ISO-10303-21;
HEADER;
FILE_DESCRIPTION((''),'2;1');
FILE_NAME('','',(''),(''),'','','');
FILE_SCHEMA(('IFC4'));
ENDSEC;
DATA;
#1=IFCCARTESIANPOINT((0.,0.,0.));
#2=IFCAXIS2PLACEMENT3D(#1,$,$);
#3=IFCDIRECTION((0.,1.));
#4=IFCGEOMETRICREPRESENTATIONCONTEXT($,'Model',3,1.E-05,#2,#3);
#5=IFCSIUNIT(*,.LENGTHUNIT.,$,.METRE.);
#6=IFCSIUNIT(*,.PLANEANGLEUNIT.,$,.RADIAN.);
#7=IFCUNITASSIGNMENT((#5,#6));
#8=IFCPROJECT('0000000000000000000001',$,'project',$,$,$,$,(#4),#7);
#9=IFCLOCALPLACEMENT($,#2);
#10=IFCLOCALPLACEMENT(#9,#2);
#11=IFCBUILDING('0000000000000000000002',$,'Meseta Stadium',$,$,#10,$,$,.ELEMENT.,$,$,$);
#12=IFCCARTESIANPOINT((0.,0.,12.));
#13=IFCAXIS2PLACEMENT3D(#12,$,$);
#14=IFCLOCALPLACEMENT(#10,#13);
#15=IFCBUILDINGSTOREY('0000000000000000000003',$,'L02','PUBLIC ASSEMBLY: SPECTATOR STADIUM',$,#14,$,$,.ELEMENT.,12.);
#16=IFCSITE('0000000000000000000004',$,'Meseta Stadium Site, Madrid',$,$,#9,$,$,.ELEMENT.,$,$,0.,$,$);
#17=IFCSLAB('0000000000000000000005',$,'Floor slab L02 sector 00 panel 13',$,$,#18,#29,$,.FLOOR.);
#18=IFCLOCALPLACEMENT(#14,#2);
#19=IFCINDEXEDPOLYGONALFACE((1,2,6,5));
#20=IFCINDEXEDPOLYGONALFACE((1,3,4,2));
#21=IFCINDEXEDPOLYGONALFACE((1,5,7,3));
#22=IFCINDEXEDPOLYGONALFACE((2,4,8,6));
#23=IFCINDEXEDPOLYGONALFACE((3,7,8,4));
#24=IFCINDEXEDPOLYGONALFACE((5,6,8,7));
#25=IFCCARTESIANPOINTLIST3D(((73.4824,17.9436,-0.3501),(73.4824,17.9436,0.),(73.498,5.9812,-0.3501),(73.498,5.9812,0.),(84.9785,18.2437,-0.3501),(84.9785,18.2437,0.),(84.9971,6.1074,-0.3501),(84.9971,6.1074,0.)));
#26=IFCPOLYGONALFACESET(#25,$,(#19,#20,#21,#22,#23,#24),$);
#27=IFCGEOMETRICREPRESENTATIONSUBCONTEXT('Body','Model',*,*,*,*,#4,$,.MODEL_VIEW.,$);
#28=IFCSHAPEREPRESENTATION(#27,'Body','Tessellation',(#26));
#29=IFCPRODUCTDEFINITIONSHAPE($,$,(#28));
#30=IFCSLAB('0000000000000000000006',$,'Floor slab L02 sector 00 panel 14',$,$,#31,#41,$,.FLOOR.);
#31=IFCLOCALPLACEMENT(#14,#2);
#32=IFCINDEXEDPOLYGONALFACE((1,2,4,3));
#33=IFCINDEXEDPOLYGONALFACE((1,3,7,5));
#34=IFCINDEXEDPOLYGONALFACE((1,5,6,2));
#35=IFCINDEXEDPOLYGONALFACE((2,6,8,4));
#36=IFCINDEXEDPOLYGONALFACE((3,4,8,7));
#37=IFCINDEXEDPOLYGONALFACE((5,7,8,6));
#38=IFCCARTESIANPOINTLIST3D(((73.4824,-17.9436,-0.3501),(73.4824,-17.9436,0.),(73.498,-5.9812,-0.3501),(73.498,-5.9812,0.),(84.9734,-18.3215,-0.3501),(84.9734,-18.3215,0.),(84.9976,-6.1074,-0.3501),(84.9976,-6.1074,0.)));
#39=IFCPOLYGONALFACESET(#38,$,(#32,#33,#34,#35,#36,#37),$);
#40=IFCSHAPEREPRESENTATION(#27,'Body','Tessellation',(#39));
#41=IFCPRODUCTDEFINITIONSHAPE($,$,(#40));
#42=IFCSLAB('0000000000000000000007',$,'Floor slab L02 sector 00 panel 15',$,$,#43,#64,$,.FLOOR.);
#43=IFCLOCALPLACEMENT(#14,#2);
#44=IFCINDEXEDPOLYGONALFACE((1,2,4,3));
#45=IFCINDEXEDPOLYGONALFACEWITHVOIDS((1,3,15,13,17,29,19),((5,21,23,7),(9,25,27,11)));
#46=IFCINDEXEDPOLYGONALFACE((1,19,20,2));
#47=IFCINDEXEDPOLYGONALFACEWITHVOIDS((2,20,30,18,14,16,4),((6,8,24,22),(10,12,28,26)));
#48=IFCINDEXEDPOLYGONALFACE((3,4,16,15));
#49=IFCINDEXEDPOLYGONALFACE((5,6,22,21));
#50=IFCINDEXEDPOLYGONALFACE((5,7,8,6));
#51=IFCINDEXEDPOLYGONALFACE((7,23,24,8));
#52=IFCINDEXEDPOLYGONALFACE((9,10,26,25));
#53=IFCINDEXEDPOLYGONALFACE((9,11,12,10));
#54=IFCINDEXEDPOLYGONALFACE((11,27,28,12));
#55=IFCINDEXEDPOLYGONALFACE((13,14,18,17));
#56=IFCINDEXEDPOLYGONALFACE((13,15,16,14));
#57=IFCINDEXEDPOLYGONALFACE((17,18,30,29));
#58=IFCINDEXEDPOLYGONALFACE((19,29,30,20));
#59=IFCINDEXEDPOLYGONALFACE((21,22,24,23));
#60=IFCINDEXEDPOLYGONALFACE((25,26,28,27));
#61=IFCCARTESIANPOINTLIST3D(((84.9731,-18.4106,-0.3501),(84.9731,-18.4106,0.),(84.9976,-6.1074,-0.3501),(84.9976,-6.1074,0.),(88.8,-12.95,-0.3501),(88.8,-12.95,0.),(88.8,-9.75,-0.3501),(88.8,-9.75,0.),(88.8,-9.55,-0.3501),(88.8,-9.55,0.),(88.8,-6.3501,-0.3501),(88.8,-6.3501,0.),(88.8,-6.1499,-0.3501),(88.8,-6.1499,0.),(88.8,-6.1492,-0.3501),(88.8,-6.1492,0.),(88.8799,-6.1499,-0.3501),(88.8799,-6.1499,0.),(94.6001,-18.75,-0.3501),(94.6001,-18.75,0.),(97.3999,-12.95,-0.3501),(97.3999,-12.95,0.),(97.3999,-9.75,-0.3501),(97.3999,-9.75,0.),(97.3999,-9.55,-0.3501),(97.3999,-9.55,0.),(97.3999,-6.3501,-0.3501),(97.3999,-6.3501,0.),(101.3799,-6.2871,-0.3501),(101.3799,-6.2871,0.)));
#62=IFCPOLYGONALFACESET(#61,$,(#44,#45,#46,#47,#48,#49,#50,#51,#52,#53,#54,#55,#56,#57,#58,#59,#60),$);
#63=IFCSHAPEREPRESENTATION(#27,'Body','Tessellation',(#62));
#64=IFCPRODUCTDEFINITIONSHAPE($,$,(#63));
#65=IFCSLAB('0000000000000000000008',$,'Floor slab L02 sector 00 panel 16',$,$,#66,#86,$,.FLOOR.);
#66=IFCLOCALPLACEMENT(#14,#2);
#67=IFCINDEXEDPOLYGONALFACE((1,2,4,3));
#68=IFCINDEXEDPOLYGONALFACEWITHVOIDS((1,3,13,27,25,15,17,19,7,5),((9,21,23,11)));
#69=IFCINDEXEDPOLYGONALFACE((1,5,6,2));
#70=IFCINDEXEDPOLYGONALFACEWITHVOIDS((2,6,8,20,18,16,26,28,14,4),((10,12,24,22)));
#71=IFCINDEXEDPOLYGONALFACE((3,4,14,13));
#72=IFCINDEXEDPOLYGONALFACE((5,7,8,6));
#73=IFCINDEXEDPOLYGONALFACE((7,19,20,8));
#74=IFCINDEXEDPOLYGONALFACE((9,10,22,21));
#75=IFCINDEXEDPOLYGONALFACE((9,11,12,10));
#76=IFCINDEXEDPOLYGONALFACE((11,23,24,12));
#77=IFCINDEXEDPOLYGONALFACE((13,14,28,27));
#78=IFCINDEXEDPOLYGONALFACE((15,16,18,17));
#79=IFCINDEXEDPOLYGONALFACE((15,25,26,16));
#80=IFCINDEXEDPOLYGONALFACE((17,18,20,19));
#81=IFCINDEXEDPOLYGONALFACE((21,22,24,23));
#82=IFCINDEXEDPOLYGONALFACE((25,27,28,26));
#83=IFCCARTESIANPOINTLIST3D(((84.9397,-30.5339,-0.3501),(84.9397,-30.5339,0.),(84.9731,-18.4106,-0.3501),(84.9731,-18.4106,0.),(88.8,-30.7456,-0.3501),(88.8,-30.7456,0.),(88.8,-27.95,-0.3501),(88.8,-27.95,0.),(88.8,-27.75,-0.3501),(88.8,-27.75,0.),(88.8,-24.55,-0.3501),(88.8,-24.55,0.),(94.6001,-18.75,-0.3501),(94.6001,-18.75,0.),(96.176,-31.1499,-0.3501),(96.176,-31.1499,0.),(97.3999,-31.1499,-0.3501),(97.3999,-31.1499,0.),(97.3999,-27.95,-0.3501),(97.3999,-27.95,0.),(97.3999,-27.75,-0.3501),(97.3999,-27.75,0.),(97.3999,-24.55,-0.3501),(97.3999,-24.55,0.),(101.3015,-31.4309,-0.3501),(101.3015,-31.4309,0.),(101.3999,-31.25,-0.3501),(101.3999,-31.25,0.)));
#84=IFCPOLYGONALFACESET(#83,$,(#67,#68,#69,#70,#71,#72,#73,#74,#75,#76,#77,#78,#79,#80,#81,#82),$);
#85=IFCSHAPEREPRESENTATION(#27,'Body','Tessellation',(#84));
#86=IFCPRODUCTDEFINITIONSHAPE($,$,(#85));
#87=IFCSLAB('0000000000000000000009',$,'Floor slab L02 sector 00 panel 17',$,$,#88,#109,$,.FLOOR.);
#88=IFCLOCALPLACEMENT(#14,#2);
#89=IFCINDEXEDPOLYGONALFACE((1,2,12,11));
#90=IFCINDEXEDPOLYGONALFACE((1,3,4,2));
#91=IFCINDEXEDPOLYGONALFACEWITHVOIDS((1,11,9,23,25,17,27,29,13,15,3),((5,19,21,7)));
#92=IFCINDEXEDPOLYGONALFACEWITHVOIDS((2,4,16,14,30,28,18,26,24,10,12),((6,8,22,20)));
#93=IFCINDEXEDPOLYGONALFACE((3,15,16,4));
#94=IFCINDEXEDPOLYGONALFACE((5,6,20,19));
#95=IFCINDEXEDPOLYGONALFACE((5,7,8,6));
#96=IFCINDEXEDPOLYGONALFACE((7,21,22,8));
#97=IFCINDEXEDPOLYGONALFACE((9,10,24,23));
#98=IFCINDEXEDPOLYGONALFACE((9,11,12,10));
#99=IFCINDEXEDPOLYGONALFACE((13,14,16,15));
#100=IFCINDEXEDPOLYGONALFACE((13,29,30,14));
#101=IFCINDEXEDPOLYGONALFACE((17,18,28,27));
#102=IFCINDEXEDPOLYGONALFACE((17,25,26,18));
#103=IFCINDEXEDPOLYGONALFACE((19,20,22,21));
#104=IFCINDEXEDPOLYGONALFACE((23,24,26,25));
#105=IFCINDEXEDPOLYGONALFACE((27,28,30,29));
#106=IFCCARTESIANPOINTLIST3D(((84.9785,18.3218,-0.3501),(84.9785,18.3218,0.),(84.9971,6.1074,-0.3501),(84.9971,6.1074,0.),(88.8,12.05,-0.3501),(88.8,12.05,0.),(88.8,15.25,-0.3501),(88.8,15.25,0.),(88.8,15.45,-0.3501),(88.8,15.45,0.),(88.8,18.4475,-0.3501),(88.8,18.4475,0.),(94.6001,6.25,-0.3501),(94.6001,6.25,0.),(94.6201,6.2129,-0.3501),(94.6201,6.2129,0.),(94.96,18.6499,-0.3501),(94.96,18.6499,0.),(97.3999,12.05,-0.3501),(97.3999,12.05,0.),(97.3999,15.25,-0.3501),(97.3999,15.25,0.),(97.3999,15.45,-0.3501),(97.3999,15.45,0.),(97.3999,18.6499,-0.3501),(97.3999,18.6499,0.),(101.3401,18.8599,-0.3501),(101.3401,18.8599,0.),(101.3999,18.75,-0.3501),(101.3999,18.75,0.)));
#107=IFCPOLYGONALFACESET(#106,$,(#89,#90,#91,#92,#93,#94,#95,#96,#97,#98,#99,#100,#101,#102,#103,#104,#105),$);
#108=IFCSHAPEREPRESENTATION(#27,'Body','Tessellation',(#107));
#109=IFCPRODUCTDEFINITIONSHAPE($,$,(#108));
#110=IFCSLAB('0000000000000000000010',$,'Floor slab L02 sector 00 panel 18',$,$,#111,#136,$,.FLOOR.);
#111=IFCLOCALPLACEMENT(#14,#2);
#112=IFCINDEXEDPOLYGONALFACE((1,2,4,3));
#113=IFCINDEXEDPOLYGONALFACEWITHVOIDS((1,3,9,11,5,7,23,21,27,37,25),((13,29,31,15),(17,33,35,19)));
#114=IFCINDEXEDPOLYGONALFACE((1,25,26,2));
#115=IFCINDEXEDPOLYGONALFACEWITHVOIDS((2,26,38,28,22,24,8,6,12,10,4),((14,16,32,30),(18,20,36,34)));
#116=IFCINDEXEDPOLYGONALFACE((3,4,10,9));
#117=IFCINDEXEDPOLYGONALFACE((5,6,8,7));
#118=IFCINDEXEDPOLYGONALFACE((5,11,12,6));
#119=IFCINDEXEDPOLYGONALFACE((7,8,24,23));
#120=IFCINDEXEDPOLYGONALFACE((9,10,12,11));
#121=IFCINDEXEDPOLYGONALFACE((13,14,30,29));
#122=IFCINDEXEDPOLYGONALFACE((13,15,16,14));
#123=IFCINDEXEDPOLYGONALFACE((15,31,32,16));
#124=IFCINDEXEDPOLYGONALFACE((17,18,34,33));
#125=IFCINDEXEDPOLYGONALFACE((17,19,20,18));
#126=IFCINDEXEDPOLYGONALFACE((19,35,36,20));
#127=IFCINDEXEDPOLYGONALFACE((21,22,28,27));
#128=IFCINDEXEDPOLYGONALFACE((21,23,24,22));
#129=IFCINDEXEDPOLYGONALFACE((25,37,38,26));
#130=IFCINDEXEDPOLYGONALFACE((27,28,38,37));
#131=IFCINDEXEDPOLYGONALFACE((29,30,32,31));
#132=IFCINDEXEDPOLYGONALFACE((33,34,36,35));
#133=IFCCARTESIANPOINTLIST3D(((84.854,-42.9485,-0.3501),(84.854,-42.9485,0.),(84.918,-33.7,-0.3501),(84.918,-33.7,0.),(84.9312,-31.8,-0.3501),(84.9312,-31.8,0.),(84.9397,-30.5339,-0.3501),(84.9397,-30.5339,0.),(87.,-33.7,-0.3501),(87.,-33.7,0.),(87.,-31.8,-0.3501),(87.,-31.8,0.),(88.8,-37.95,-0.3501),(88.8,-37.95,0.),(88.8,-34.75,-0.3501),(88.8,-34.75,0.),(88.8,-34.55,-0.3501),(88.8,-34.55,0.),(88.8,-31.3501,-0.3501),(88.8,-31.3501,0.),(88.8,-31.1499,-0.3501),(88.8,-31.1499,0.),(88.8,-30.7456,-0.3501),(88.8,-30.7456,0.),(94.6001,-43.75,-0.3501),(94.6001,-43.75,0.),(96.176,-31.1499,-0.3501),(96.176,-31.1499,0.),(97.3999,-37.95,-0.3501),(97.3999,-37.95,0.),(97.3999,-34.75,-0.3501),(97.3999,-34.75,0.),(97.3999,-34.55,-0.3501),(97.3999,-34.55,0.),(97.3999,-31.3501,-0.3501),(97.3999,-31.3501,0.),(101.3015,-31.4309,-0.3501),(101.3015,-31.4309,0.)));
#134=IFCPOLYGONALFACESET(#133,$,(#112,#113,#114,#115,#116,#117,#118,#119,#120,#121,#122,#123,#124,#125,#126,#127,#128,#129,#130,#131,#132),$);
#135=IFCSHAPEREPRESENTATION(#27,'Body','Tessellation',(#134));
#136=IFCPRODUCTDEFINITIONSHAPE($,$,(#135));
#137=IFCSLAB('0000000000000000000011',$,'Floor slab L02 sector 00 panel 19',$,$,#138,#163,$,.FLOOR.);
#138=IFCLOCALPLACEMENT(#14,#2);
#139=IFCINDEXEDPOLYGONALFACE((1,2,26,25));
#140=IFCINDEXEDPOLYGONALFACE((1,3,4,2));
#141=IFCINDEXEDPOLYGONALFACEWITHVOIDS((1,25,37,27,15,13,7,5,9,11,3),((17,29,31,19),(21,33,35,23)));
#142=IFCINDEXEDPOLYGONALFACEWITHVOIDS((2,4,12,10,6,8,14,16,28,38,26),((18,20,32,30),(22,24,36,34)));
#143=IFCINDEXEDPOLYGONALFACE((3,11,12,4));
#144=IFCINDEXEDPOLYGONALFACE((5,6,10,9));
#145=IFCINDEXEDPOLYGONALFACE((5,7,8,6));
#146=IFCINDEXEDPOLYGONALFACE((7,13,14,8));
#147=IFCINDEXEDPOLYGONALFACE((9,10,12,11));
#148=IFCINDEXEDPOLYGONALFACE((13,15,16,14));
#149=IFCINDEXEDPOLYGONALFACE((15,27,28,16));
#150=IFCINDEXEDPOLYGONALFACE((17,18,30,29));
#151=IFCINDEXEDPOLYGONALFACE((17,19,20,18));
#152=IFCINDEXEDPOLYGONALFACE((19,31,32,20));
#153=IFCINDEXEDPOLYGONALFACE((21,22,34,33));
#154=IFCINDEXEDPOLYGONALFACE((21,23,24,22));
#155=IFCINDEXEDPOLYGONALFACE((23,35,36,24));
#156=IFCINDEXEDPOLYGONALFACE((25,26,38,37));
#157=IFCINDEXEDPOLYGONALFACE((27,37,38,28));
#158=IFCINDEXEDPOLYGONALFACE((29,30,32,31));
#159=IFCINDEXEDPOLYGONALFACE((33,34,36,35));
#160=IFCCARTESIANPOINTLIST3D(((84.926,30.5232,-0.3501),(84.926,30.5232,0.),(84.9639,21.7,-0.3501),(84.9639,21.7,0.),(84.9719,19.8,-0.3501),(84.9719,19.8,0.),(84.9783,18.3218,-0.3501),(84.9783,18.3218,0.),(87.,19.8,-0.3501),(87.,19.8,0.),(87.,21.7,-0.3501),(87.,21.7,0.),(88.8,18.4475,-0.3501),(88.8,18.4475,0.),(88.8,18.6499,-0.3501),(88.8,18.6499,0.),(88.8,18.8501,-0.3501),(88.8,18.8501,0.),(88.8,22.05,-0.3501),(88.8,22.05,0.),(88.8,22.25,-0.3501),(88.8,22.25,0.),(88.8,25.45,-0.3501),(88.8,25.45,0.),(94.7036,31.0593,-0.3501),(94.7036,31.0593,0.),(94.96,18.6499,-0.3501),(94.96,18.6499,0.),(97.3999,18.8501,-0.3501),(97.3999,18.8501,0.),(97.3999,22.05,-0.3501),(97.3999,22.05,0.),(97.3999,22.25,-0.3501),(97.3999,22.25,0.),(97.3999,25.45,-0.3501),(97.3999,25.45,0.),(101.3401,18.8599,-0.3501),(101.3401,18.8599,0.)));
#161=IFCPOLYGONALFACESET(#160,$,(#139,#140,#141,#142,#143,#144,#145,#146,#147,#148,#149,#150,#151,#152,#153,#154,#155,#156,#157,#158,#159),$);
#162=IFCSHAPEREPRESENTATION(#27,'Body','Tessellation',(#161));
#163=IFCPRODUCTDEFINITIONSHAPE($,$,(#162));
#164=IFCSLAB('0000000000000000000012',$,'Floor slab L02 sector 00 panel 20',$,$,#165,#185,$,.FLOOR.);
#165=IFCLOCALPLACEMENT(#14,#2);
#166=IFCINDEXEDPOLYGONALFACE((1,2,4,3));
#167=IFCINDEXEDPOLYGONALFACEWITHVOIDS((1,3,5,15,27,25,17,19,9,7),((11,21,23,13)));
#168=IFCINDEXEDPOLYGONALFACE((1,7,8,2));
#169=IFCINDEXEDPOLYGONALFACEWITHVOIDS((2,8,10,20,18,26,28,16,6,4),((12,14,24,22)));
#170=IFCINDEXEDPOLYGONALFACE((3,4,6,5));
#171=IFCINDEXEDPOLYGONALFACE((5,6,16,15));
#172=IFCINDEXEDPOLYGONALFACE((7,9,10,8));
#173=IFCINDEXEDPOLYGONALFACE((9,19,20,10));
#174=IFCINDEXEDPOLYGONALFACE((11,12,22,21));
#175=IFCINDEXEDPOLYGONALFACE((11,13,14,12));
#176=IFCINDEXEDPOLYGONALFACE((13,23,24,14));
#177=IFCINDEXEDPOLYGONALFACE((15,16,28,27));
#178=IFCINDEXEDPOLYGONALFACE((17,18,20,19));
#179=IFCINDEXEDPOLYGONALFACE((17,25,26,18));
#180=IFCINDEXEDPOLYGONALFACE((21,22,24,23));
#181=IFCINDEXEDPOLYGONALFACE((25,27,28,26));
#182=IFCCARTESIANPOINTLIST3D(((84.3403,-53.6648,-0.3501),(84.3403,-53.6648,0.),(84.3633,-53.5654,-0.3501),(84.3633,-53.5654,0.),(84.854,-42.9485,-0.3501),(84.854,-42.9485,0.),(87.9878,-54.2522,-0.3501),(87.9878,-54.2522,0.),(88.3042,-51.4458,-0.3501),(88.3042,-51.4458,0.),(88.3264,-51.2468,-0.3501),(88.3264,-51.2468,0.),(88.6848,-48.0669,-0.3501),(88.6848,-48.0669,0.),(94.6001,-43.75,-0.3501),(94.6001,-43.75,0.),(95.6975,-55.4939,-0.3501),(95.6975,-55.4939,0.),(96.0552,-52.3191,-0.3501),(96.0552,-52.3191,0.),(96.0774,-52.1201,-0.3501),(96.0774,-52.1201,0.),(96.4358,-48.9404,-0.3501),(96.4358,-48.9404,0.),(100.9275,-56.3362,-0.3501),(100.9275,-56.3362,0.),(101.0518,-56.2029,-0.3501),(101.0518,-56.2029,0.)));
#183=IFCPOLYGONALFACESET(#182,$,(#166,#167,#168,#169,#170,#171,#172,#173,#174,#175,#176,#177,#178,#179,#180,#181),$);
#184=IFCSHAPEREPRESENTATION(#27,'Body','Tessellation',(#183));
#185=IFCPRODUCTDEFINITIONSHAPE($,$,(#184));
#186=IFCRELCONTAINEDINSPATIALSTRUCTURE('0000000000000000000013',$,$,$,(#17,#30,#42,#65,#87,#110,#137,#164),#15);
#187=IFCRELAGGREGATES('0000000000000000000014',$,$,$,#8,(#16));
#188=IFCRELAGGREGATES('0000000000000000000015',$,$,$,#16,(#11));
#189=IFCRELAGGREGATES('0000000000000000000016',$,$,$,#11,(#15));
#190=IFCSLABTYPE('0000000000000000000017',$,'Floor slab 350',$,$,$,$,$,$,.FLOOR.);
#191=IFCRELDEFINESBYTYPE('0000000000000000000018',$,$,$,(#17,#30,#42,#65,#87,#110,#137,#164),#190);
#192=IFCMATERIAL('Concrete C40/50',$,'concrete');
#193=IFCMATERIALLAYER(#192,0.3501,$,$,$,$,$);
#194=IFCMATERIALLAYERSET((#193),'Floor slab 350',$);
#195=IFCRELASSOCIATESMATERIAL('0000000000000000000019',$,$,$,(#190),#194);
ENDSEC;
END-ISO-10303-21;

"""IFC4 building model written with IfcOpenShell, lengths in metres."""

from ifc_helpers import new_model, si_unit, direction, frame, origin, place, context, subcontext, project, spatial, polyline, outline, extrude, material, layer, layer_set, type_object, element, save


model = new_model("IFC4")

# Units and contexts
model_context = context("Model", 3, precision=1e-05, world=origin(), true_north=direction((0.0, 1.0)))
body_context = subcontext(model_context, "Body", "Model", "MODEL_VIEW")
ifc_project = project(units=[si_unit("LENGTHUNIT", "METRE"), si_unit("PLANEANGLEUNIT", "RADIAN")], contexts=[model_context])

# Site, building, storey
site_placement = place(None, origin())
site = spatial("IfcSite", under=ifc_project, at=site_placement, Name="Meseta Stadium Site, Madrid", CompositionType="ELEMENT", RefElevation=0.0)
building_placement = place(site_placement, origin())
building = spatial("IfcBuilding", under=site, at=building_placement, Name="Meseta Stadium", CompositionType="ELEMENT")
storey_placement = place(building_placement, frame((0.0, 0.0, 12.0)))
storey = spatial("IfcBuildingStorey", under=building, at=storey_placement, Name="L02", Description="PUBLIC ASSEMBLY: SPECTATOR STADIUM", CompositionType="ELEMENT", Elevation=12.0)

# Slabs
ifc_material = material(Name="Concrete C40/50", Category="concrete")
ifc_layer = layer(ifc_material, 0.3501)
ifc_layer_set = layer_set([ifc_layer], Name="Floor slab 350")
slab_type = type_object("IfcSlabType", Name="Floor slab 350", PredefinedType="FLOOR", material=ifc_layer_set)
slab_1_placement = place(storey_placement, frame((0.0, 0.0, -0.3501)))
element("IfcSlab", 1, at=slab_1_placement, inside=storey, type_object=slab_type, Name="Floor slab L02 sector 00 panel 13", PredefinedType="FLOOR", context=body_context, shape_type="SweptSolid", body=[
    extrude(outline(polyline([(84.9971, 6.1074), (84.9785, 18.2437), (73.4824, 17.9436), (73.498, 5.9812), (84.9971, 6.1074)])), origin(), (0.0, 0.0, 1.0), 0.3501),
])
slab_2_placement = place(storey_placement, frame((0.0, 0.0, -0.3501)))
element("IfcSlab", 2, at=slab_2_placement, inside=storey, type_object=slab_type, Name="Floor slab L02 sector 00 panel 14", PredefinedType="FLOOR", context=body_context, shape_type="SweptSolid", body=[
    extrude(outline(polyline([(84.9976, -6.1074), (73.498, -5.9812), (73.4824, -17.9436), (84.9734, -18.3215), (84.9976, -6.1074)])), origin(), (0.0, 0.0, 1.0), 0.3501),
])
slab_3_placement = place(storey_placement, frame((0.0, 0.0, -0.3501)))
element("IfcSlab", 3, at=slab_3_placement, inside=storey, type_object=slab_type, Name="Floor slab L02 sector 00 panel 15", PredefinedType="FLOOR", context=body_context, shape_type="SweptSolid", body=[
    extrude(outline(polyline([(84.9731, -18.4106), (94.6001, -18.75), (101.3799, -6.2871), (88.8799, -6.1499), (88.8, -6.1499), (88.8, -6.1492), (84.9976, -6.1074), (84.9731, -18.4106)]), holes=[polyline([(88.8, -9.75), (97.3999, -9.75), (97.3999, -12.95), (88.8, -12.95), (88.8, -9.75)]), polyline([(97.3999, -6.3501), (97.3999, -9.55), (88.8, -9.55), (88.8, -6.3501), (97.3999, -6.3501)])]), origin(), (0.0, 0.0, 1.0), 0.3501),
])
slab_4_placement = place(storey_placement, frame((0.0, 0.0, -0.3501)))
element("IfcSlab", 4, at=slab_4_placement, inside=storey, type_object=slab_type, Name="Floor slab L02 sector 00 panel 16", PredefinedType="FLOOR", context=body_context, shape_type="SweptSolid", body=[
    extrude(outline(polyline([(96.176, -31.1499), (101.3015, -31.4309), (101.3999, -31.25), (94.6001, -18.75), (84.9731, -18.4106), (84.9397, -30.5339), (88.8, -30.7456), (88.8, -27.95), (97.3999, -27.95), (97.3999, -31.1499), (96.176, -31.1499)]), holes=[polyline([(97.3999, -27.75), (88.8, -27.75), (88.8, -24.55), (97.3999, -24.55), (97.3999, -27.75)])]), origin(), (0.0, 0.0, 1.0), 0.3501),
])
slab_5_placement = place(storey_placement, frame((0.0, 0.0, -0.3501)))
element("IfcSlab", 5, at=slab_5_placement, inside=storey, type_object=slab_type, Name="Floor slab L02 sector 00 panel 17", PredefinedType="FLOOR", context=body_context, shape_type="SweptSolid", body=[
    extrude(outline(polyline([(84.9971, 6.1074), (94.6201, 6.2129), (94.6001, 6.25), (101.3999, 18.75), (101.3401, 18.8599), (94.96, 18.6499), (97.3999, 18.6499), (97.3999, 15.45), (88.8, 15.45), (88.8, 18.4475), (84.9785, 18.3218), (84.9971, 6.1074)]), holes=[polyline([(97.3999, 12.05), (88.8, 12.05), (88.8, 15.25), (97.3999, 15.25), (97.3999, 12.05)])]), origin(), (0.0, 0.0, 1.0), 0.3501),
])
slab_6_placement = place(storey_placement, frame((0.0, 0.0, -0.3501)))
element("IfcSlab", 6, at=slab_6_placement, inside=storey, type_object=slab_type, Name="Floor slab L02 sector 00 panel 18", PredefinedType="FLOOR", context=body_context, shape_type="SweptSolid", body=[
    extrude(outline(polyline([(84.918, -33.7), (84.854, -42.9485), (94.6001, -43.75), (101.3015, -31.4309), (96.176, -31.1499), (88.8, -31.1499), (88.8, -30.7456), (84.9397, -30.5339), (84.9312, -31.8), (87.0, -31.8), (87.0, -33.7), (84.918, -33.7)]), holes=[polyline([(88.8, -34.75), (97.3999, -34.75), (97.3999, -37.95), (88.8, -37.95), (88.8, -34.75)]), polyline([(88.8, -31.3501), (97.3999, -31.3501), (97.3999, -34.55), (88.8, -34.55), (88.8, -31.3501)])]), origin(), (0.0, 0.0, 1.0), 0.3501),
])
slab_7_placement = place(storey_placement, frame((0.0, 0.0, -0.3501)))
element("IfcSlab", 7, at=slab_7_placement, inside=storey, type_object=slab_type, Name="Floor slab L02 sector 00 panel 19", PredefinedType="FLOOR", context=body_context, shape_type="SweptSolid", body=[
    extrude(outline(polyline([(101.3401, 18.8599), (94.7036, 31.0593), (84.926, 30.5232), (84.9639, 21.7), (87.0, 21.7), (87.0, 19.8), (84.9719, 19.8), (84.9783, 18.3218), (88.8, 18.4475), (88.8, 18.6499), (94.96, 18.6499), (101.3401, 18.8599)]), holes=[polyline([(97.3999, 18.8501), (88.8, 18.8501), (88.8, 22.05), (97.3999, 22.05), (97.3999, 18.8501)]), polyline([(97.3999, 22.25), (88.8, 22.25), (88.8, 25.45), (97.3999, 25.45), (97.3999, 22.25)])]), origin(), (0.0, 0.0, 1.0), 0.3501),
])
slab_8_placement = place(storey_placement, frame((0.0, 0.0, -0.3501)))
element("IfcSlab", 8, at=slab_8_placement, inside=storey, type_object=slab_type, Name="Floor slab L02 sector 00 panel 20", PredefinedType="FLOOR", context=body_context, shape_type="SweptSolid", body=[
    extrude(outline(polyline([(96.0552, -52.3191), (95.6975, -55.4939), (100.9275, -56.3362), (101.0518, -56.2029), (94.6001, -43.75), (84.854, -42.9485), (84.3633, -53.5654), (84.3403, -53.6648), (87.9878, -54.2522), (88.3042, -51.4458), (96.0552, -52.3191)]), holes=[polyline([(96.0774, -52.1201), (88.3264, -51.2468), (88.6848, -48.0669), (96.4358, -48.9404), (96.0774, -52.1201)])]), origin(), (0.0, 0.0, 1.0), 0.3501),
])

save(model, "model.ifc")
